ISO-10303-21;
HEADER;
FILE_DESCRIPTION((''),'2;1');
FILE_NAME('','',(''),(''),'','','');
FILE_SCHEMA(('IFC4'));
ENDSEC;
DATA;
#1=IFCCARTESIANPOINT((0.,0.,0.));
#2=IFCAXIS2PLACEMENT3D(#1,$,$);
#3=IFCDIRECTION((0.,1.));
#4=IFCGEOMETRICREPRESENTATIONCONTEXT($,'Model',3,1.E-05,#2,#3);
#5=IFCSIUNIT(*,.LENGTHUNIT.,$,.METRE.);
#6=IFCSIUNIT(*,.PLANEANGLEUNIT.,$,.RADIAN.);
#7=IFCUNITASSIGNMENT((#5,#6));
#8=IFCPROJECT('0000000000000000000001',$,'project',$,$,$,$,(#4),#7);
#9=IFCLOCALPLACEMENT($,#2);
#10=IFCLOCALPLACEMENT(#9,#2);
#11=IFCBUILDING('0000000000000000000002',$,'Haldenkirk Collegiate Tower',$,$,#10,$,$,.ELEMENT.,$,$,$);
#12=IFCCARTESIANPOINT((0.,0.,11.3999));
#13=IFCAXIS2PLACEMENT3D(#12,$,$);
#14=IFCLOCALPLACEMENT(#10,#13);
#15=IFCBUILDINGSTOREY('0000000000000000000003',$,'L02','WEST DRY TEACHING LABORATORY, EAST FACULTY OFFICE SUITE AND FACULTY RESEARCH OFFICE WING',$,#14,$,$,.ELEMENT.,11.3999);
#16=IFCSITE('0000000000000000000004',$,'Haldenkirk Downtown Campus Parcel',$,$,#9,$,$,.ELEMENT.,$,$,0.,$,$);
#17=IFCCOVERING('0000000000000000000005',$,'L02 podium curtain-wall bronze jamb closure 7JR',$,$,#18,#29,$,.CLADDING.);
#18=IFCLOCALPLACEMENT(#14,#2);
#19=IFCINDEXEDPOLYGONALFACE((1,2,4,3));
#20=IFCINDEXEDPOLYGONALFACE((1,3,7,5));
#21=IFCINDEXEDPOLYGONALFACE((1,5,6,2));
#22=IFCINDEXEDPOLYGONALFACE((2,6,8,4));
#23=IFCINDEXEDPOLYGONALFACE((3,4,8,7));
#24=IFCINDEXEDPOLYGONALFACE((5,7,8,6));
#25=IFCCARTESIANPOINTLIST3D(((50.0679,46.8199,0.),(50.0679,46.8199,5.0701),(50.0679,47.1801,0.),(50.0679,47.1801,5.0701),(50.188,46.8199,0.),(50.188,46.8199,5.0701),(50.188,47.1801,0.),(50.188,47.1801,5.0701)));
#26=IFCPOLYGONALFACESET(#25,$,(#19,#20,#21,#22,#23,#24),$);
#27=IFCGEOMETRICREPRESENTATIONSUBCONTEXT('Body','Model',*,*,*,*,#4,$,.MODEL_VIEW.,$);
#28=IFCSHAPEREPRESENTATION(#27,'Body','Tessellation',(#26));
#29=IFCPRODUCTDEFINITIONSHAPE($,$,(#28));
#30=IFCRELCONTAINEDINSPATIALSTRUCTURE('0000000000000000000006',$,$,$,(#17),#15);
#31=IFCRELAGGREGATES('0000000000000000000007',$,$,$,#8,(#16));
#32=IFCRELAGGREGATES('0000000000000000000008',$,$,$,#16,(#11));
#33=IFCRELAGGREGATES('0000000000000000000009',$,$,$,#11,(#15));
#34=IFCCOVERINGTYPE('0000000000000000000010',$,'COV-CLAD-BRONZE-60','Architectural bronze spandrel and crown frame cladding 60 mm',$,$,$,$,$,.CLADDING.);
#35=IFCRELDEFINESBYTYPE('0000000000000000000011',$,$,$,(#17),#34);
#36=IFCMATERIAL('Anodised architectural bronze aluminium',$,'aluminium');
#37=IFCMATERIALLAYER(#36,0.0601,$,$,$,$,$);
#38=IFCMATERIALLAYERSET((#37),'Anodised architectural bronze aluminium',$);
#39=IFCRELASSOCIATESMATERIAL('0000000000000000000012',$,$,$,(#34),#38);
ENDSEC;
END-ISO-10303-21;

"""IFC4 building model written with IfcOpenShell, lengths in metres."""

from ifc_helpers import new_model, si_unit, direction, frame, origin, origin_2d, place, context, subcontext, project, spatial, rectangle, extrude, source, transform, mapped, material, layer, layer_set, type_object, element, save


model = new_model("IFC4")

# Units and contexts
model_context = context("Model", 3, precision=1e-05, world=origin(), true_north=direction((0.0, 1.0)))
body_context = subcontext(model_context, "Body", "Model", "MODEL_VIEW")
ifc_project = project(units=[si_unit("LENGTHUNIT", "METRE"), si_unit("PLANEANGLEUNIT", "RADIAN")], contexts=[model_context])

# Site, building, storey
site_placement = place(None, origin())
site = spatial("IfcSite", under=ifc_project, at=site_placement, Name="Haldenkirk Downtown Campus Parcel", CompositionType="ELEMENT", RefElevation=0.0)
building_placement = place(site_placement, origin())
building = spatial("IfcBuilding", under=site, at=building_placement, Name="Haldenkirk Collegiate Tower", CompositionType="ELEMENT")
storey_placement = place(building_placement, frame((0.0, 0.0, 11.3999)))
storey = spatial("IfcBuildingStorey", under=building, at=storey_placement, Name="L02", Description="WEST DRY TEACHING LABORATORY, EAST FACULTY OFFICE SUITE AND FACULTY RESEARCH OFFICE WING", CompositionType="ELEMENT", Elevation=11.3999)

# Shared definitions
ifc_material_1 = material(Name="Anodised architectural bronze aluminium", Category="aluminium")

# Covering
ifc_layer_1 = layer(ifc_material_1, 0.0601)
ifc_layer_set_1 = layer_set([ifc_layer_1], Name="Anodised architectural bronze aluminium")
covering_type = type_object("IfcCoveringType", Name="COV-CLAD-BRONZE-60", Description="Architectural bronze spandrel and crown frame cladding 60 mm", PredefinedType="CLADDING", material=ifc_layer_set_1)
shared_shape_1 = source(origin(), body_context, "Body", "SweptSolid", [
    extrude(rectangle(XDim=0.1201, YDim=0.3601, at=origin_2d()), origin(), (0.0, 0.0, 1.0), 5.0701),
])
covering_placement = place(storey_placement, frame((50.1279, 47.0, 0.0), z_axis=(0.0, 0.0, 1.0), x_axis=(1.0, 0.0, 0.0)))
element("IfcCovering", 1, at=covering_placement, inside=storey, type_object=covering_type, Name="L02 podium curtain-wall bronze jamb closure 7JR", PredefinedType="CLADDING", context=body_context, shape_type="MappedRepresentation", body=[
    mapped(shared_shape_1, transform((0.0, 0.0, 0.0), x_axis=(1.0, 0.0, 0.0), y_axis=(0.0, 1.0, 0.0), z_axis=(0.0, 0.0, 1.0), scale=1.0)),
])

save(model, "model.ifc")
